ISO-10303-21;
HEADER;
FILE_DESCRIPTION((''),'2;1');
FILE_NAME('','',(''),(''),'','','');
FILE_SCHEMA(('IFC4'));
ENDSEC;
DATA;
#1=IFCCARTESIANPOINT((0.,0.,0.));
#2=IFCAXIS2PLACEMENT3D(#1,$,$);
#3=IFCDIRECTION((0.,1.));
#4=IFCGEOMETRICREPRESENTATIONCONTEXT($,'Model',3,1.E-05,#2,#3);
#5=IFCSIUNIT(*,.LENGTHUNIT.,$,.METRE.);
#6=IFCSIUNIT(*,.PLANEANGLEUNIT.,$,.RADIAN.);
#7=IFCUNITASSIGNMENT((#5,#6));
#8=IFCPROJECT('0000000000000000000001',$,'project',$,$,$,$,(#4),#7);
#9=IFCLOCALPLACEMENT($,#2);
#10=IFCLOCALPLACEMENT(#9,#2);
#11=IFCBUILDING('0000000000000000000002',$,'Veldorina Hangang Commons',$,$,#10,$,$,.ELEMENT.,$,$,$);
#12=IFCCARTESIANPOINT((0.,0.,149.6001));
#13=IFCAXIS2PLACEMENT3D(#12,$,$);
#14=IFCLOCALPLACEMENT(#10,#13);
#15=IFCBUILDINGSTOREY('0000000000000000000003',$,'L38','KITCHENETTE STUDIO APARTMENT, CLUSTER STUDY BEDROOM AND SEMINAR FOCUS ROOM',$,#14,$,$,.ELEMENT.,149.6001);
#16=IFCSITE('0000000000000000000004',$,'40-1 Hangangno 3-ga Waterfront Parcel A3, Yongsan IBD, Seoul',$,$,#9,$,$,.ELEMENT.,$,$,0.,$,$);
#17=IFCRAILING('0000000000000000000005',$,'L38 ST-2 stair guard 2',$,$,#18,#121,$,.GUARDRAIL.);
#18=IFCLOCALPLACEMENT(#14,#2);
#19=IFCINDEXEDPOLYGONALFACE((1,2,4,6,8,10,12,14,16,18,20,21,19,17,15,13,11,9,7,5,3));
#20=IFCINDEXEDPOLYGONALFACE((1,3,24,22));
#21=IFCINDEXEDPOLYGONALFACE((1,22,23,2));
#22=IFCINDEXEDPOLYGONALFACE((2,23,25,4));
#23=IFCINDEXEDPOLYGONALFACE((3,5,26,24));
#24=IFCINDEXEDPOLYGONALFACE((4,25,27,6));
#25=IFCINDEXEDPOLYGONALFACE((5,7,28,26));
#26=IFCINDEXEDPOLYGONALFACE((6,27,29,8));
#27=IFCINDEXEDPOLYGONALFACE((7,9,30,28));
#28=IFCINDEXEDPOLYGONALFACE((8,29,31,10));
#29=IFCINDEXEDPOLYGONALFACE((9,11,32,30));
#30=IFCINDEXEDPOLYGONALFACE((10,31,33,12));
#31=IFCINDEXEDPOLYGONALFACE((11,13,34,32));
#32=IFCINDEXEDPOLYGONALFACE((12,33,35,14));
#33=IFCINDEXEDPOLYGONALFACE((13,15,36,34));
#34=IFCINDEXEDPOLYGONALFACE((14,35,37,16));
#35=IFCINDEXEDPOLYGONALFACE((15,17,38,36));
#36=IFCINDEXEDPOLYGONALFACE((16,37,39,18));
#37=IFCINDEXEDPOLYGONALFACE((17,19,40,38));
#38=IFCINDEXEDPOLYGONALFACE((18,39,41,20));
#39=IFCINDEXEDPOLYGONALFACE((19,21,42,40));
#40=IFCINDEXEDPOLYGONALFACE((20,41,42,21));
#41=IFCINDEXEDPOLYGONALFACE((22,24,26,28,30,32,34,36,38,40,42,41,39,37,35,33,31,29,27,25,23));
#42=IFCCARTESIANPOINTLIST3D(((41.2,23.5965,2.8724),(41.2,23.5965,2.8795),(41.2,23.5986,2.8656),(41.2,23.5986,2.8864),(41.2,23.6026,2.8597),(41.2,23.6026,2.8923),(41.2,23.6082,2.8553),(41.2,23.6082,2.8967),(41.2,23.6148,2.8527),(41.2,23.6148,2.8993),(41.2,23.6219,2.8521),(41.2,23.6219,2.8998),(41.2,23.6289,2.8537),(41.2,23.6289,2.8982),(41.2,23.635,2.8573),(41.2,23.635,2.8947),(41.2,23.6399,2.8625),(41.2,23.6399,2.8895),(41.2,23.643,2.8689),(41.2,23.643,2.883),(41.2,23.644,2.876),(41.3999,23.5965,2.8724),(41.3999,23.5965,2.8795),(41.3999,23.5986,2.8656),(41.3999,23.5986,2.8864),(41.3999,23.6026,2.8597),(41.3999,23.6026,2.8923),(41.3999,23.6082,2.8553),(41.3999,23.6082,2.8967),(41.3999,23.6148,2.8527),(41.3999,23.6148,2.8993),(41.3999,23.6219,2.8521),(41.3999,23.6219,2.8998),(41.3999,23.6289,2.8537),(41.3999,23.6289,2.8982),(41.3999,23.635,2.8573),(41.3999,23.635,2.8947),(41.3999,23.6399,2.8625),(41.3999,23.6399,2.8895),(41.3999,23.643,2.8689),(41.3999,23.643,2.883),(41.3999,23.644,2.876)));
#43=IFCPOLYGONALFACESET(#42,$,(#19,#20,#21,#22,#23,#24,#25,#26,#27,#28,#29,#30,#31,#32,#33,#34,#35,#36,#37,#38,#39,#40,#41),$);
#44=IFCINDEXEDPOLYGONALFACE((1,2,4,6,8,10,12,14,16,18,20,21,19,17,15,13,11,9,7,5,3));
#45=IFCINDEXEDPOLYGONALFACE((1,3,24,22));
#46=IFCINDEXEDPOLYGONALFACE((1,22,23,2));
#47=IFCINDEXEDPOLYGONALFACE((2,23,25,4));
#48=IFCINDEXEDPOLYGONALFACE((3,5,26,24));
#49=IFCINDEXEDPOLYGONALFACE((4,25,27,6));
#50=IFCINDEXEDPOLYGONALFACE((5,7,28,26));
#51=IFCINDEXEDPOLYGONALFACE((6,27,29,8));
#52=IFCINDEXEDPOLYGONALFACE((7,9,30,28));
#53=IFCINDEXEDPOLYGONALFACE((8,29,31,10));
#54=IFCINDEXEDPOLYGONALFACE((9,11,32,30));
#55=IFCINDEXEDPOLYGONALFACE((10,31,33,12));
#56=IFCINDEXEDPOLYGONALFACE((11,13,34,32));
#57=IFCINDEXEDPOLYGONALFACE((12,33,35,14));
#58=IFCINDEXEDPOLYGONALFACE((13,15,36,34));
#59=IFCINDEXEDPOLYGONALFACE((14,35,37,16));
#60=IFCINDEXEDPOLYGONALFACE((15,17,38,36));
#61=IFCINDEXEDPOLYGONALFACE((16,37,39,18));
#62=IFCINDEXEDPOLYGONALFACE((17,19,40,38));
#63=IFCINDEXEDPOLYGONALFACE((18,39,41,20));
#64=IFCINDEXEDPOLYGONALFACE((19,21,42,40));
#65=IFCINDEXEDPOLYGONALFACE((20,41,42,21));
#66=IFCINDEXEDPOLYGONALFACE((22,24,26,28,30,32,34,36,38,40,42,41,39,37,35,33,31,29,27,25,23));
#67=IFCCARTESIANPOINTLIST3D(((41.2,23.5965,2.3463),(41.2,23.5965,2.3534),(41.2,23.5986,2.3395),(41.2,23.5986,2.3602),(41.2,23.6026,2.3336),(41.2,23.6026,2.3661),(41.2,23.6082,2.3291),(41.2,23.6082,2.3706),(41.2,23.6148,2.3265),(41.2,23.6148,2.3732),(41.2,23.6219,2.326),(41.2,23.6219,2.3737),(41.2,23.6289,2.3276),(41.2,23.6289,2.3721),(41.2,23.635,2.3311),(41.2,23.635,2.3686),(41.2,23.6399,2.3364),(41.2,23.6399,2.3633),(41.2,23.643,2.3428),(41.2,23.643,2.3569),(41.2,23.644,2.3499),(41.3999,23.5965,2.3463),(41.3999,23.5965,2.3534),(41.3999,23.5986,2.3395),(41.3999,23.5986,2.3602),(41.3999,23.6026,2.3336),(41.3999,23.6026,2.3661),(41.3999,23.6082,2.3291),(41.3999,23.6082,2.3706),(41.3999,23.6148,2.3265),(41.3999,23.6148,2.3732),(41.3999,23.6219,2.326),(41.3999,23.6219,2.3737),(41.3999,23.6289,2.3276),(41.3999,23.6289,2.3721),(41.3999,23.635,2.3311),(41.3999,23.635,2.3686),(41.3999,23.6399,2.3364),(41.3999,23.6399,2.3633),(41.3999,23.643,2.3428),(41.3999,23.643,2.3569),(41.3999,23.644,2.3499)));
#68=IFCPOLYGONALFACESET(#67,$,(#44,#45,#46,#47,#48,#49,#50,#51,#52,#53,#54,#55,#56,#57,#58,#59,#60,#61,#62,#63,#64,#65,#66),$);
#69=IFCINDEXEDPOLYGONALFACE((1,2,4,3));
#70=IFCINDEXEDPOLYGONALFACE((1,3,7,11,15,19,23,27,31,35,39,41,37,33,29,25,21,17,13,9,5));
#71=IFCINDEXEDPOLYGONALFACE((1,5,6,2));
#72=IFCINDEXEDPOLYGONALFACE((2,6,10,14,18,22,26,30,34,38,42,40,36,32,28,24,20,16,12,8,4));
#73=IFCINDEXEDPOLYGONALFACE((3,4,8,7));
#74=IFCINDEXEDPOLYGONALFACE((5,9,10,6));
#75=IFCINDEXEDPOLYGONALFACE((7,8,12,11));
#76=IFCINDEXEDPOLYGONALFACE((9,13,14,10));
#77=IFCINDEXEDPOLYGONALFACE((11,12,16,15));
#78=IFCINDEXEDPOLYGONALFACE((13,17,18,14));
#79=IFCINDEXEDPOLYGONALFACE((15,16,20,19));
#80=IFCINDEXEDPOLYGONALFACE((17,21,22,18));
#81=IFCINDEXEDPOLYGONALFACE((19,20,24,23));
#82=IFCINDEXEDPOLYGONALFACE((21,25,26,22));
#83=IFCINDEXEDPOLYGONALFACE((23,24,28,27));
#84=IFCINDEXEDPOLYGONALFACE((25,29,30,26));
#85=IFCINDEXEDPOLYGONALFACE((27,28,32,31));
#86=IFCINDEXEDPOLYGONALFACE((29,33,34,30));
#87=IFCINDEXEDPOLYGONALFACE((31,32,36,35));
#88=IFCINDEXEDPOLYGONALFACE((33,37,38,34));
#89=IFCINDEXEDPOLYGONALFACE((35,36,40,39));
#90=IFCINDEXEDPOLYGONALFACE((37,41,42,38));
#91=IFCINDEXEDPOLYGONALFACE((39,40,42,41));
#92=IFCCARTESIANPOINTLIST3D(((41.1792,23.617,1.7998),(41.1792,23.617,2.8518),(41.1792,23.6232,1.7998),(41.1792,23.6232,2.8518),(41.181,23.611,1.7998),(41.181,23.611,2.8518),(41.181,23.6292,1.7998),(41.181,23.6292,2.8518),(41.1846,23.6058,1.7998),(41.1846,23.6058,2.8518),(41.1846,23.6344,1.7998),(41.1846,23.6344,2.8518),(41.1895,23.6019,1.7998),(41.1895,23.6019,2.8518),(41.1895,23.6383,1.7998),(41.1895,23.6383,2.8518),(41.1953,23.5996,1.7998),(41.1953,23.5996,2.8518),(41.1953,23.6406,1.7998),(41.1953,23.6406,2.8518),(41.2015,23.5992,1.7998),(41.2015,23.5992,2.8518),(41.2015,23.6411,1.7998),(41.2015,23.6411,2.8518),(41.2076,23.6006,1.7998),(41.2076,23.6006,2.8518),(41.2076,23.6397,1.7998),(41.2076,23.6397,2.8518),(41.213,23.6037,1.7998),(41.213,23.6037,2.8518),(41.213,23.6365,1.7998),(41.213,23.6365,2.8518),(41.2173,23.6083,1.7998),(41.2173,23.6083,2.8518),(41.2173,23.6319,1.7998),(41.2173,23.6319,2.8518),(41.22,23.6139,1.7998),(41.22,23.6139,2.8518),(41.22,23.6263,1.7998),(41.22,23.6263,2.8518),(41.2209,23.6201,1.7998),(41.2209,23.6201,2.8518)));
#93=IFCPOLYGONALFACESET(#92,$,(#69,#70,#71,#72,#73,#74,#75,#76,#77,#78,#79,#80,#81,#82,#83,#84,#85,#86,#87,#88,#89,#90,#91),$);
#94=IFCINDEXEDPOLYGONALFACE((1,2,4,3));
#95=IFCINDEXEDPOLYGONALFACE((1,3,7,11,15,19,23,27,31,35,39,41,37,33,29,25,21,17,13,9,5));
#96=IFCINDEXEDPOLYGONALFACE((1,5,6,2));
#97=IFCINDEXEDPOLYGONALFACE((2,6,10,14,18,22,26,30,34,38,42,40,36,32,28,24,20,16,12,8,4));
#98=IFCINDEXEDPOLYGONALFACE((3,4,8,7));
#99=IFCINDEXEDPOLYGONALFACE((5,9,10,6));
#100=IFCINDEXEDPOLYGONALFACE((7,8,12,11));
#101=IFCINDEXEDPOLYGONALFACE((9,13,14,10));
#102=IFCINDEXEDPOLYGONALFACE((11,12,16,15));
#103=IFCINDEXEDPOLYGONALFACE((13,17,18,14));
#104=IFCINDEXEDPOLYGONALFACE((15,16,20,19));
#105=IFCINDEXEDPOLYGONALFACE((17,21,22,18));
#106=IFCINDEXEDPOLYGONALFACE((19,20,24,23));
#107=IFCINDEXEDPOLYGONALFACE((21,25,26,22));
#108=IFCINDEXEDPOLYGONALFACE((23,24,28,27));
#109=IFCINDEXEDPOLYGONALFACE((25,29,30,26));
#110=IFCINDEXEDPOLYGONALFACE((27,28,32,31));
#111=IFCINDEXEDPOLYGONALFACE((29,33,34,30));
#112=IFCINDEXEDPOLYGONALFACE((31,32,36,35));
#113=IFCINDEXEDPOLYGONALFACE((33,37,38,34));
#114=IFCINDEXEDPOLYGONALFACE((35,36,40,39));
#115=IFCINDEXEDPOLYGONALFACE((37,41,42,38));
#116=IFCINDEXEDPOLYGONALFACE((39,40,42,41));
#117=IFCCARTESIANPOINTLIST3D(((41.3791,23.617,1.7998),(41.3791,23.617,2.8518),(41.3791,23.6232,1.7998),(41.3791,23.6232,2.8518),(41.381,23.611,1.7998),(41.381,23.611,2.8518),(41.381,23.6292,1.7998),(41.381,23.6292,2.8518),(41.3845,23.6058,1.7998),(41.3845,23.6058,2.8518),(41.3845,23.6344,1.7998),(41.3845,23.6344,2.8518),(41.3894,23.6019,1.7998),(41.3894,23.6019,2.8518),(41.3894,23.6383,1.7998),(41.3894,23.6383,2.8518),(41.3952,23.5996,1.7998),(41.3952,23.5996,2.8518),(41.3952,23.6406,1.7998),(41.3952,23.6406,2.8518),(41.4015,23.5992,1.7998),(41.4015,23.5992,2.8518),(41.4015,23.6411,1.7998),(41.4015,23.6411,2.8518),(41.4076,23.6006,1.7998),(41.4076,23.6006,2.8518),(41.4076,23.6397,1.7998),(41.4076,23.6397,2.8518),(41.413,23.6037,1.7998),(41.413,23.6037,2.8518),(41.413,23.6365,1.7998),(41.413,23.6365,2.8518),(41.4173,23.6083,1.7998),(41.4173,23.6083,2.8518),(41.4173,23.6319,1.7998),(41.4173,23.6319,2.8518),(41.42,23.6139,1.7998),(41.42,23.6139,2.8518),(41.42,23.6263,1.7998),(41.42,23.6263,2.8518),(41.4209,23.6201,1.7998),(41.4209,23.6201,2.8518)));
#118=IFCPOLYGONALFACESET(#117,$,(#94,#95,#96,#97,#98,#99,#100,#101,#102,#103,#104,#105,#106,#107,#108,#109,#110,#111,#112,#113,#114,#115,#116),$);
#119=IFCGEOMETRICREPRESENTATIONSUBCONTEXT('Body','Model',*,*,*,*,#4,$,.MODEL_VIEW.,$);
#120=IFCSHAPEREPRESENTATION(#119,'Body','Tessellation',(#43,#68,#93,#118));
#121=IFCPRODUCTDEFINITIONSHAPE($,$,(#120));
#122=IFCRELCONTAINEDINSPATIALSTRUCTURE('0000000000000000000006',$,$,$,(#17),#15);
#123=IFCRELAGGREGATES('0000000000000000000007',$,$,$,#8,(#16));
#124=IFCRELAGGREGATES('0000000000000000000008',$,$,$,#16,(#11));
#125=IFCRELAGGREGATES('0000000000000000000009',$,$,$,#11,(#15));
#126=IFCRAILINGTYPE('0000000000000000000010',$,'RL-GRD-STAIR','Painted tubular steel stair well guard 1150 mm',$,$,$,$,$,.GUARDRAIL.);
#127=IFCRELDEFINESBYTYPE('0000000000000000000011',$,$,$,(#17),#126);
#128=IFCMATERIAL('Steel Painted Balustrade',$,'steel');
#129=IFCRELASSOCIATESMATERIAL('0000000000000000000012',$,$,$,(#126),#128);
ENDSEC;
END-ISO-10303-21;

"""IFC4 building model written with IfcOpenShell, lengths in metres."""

from ifc_helpers import new_model, si_unit, direction, frame, origin, origin_2d, place, context, subcontext, project, spatial, circle, extrude, material, type_object, element, save


model = new_model("IFC4")

# Units and contexts
model_context = context("Model", 3, precision=1e-05, world=origin(), true_north=direction((0.0, 1.0)))
body_context = subcontext(model_context, "Body", "Model", "MODEL_VIEW")
ifc_project = project(units=[si_unit("LENGTHUNIT", "METRE"), si_unit("PLANEANGLEUNIT", "RADIAN")], contexts=[model_context])

# Site, building, storey
site_placement = place(None, origin())
site = spatial("IfcSite", under=ifc_project, at=site_placement, Name="40-1 Hangangno 3-ga Waterfront Parcel A3, Yongsan IBD, Seoul", CompositionType="ELEMENT", RefElevation=0.0)
building_placement = place(site_placement, origin())
building = spatial("IfcBuilding", under=site, at=building_placement, Name="Veldorina Hangang Commons", CompositionType="ELEMENT")
storey_placement = place(building_placement, frame((0.0, 0.0, 149.6001)))
storey = spatial("IfcBuildingStorey", under=building, at=storey_placement, Name="L38", Description="KITCHENETTE STUDIO APARTMENT, CLUSTER STUDY BEDROOM AND SEMINAR FOCUS ROOM", CompositionType="ELEMENT", Elevation=149.6001)

# Railing
ifc_material_1 = material(Name="Steel Painted Balustrade", Category="steel")
railing_type_1 = type_object("IfcRailingType", Name="RL-GRD-STAIR", Description="Painted tubular steel stair well guard 1150 mm", PredefinedType="GUARDRAIL", material=ifc_material_1)
railing_1_placement = place(storey_placement, frame((41.2, 23.6201, 1.7998)))
element("IfcRailing", 1, at=railing_1_placement, inside=storey, type_object=railing_type_1, Name="L38 ST-2 stair guard 2", PredefinedType="GUARDRAIL", context=body_context, shape_type="SweptSolid", body=[
    extrude(circle(Radius=0.0239, at=origin_2d()), frame((0.0, 0.0, 1.0762), z_axis=(1.0, 0.0, 0.0), x_axis=(0.0, 1.0, 0.0)), (0.0, 0.0, 1.0), 0.2),
    extrude(circle(Radius=0.0239, at=origin_2d()), frame((0.0, 0.0, 0.55), z_axis=(1.0, 0.0, 0.0), x_axis=(0.0, 1.0, 0.0)), (0.0, 0.0, 1.0), 0.2),
    extrude(circle(Radius=0.021, at=origin_2d()), origin(), (0.0, 0.0, 1.0), 1.052),
    extrude(circle(Radius=0.021, at=origin_2d()), frame((0.2, 0.0, 0.0)), (0.0, 0.0, 1.0), 1.052),
])

save(model, "model.ifc")
